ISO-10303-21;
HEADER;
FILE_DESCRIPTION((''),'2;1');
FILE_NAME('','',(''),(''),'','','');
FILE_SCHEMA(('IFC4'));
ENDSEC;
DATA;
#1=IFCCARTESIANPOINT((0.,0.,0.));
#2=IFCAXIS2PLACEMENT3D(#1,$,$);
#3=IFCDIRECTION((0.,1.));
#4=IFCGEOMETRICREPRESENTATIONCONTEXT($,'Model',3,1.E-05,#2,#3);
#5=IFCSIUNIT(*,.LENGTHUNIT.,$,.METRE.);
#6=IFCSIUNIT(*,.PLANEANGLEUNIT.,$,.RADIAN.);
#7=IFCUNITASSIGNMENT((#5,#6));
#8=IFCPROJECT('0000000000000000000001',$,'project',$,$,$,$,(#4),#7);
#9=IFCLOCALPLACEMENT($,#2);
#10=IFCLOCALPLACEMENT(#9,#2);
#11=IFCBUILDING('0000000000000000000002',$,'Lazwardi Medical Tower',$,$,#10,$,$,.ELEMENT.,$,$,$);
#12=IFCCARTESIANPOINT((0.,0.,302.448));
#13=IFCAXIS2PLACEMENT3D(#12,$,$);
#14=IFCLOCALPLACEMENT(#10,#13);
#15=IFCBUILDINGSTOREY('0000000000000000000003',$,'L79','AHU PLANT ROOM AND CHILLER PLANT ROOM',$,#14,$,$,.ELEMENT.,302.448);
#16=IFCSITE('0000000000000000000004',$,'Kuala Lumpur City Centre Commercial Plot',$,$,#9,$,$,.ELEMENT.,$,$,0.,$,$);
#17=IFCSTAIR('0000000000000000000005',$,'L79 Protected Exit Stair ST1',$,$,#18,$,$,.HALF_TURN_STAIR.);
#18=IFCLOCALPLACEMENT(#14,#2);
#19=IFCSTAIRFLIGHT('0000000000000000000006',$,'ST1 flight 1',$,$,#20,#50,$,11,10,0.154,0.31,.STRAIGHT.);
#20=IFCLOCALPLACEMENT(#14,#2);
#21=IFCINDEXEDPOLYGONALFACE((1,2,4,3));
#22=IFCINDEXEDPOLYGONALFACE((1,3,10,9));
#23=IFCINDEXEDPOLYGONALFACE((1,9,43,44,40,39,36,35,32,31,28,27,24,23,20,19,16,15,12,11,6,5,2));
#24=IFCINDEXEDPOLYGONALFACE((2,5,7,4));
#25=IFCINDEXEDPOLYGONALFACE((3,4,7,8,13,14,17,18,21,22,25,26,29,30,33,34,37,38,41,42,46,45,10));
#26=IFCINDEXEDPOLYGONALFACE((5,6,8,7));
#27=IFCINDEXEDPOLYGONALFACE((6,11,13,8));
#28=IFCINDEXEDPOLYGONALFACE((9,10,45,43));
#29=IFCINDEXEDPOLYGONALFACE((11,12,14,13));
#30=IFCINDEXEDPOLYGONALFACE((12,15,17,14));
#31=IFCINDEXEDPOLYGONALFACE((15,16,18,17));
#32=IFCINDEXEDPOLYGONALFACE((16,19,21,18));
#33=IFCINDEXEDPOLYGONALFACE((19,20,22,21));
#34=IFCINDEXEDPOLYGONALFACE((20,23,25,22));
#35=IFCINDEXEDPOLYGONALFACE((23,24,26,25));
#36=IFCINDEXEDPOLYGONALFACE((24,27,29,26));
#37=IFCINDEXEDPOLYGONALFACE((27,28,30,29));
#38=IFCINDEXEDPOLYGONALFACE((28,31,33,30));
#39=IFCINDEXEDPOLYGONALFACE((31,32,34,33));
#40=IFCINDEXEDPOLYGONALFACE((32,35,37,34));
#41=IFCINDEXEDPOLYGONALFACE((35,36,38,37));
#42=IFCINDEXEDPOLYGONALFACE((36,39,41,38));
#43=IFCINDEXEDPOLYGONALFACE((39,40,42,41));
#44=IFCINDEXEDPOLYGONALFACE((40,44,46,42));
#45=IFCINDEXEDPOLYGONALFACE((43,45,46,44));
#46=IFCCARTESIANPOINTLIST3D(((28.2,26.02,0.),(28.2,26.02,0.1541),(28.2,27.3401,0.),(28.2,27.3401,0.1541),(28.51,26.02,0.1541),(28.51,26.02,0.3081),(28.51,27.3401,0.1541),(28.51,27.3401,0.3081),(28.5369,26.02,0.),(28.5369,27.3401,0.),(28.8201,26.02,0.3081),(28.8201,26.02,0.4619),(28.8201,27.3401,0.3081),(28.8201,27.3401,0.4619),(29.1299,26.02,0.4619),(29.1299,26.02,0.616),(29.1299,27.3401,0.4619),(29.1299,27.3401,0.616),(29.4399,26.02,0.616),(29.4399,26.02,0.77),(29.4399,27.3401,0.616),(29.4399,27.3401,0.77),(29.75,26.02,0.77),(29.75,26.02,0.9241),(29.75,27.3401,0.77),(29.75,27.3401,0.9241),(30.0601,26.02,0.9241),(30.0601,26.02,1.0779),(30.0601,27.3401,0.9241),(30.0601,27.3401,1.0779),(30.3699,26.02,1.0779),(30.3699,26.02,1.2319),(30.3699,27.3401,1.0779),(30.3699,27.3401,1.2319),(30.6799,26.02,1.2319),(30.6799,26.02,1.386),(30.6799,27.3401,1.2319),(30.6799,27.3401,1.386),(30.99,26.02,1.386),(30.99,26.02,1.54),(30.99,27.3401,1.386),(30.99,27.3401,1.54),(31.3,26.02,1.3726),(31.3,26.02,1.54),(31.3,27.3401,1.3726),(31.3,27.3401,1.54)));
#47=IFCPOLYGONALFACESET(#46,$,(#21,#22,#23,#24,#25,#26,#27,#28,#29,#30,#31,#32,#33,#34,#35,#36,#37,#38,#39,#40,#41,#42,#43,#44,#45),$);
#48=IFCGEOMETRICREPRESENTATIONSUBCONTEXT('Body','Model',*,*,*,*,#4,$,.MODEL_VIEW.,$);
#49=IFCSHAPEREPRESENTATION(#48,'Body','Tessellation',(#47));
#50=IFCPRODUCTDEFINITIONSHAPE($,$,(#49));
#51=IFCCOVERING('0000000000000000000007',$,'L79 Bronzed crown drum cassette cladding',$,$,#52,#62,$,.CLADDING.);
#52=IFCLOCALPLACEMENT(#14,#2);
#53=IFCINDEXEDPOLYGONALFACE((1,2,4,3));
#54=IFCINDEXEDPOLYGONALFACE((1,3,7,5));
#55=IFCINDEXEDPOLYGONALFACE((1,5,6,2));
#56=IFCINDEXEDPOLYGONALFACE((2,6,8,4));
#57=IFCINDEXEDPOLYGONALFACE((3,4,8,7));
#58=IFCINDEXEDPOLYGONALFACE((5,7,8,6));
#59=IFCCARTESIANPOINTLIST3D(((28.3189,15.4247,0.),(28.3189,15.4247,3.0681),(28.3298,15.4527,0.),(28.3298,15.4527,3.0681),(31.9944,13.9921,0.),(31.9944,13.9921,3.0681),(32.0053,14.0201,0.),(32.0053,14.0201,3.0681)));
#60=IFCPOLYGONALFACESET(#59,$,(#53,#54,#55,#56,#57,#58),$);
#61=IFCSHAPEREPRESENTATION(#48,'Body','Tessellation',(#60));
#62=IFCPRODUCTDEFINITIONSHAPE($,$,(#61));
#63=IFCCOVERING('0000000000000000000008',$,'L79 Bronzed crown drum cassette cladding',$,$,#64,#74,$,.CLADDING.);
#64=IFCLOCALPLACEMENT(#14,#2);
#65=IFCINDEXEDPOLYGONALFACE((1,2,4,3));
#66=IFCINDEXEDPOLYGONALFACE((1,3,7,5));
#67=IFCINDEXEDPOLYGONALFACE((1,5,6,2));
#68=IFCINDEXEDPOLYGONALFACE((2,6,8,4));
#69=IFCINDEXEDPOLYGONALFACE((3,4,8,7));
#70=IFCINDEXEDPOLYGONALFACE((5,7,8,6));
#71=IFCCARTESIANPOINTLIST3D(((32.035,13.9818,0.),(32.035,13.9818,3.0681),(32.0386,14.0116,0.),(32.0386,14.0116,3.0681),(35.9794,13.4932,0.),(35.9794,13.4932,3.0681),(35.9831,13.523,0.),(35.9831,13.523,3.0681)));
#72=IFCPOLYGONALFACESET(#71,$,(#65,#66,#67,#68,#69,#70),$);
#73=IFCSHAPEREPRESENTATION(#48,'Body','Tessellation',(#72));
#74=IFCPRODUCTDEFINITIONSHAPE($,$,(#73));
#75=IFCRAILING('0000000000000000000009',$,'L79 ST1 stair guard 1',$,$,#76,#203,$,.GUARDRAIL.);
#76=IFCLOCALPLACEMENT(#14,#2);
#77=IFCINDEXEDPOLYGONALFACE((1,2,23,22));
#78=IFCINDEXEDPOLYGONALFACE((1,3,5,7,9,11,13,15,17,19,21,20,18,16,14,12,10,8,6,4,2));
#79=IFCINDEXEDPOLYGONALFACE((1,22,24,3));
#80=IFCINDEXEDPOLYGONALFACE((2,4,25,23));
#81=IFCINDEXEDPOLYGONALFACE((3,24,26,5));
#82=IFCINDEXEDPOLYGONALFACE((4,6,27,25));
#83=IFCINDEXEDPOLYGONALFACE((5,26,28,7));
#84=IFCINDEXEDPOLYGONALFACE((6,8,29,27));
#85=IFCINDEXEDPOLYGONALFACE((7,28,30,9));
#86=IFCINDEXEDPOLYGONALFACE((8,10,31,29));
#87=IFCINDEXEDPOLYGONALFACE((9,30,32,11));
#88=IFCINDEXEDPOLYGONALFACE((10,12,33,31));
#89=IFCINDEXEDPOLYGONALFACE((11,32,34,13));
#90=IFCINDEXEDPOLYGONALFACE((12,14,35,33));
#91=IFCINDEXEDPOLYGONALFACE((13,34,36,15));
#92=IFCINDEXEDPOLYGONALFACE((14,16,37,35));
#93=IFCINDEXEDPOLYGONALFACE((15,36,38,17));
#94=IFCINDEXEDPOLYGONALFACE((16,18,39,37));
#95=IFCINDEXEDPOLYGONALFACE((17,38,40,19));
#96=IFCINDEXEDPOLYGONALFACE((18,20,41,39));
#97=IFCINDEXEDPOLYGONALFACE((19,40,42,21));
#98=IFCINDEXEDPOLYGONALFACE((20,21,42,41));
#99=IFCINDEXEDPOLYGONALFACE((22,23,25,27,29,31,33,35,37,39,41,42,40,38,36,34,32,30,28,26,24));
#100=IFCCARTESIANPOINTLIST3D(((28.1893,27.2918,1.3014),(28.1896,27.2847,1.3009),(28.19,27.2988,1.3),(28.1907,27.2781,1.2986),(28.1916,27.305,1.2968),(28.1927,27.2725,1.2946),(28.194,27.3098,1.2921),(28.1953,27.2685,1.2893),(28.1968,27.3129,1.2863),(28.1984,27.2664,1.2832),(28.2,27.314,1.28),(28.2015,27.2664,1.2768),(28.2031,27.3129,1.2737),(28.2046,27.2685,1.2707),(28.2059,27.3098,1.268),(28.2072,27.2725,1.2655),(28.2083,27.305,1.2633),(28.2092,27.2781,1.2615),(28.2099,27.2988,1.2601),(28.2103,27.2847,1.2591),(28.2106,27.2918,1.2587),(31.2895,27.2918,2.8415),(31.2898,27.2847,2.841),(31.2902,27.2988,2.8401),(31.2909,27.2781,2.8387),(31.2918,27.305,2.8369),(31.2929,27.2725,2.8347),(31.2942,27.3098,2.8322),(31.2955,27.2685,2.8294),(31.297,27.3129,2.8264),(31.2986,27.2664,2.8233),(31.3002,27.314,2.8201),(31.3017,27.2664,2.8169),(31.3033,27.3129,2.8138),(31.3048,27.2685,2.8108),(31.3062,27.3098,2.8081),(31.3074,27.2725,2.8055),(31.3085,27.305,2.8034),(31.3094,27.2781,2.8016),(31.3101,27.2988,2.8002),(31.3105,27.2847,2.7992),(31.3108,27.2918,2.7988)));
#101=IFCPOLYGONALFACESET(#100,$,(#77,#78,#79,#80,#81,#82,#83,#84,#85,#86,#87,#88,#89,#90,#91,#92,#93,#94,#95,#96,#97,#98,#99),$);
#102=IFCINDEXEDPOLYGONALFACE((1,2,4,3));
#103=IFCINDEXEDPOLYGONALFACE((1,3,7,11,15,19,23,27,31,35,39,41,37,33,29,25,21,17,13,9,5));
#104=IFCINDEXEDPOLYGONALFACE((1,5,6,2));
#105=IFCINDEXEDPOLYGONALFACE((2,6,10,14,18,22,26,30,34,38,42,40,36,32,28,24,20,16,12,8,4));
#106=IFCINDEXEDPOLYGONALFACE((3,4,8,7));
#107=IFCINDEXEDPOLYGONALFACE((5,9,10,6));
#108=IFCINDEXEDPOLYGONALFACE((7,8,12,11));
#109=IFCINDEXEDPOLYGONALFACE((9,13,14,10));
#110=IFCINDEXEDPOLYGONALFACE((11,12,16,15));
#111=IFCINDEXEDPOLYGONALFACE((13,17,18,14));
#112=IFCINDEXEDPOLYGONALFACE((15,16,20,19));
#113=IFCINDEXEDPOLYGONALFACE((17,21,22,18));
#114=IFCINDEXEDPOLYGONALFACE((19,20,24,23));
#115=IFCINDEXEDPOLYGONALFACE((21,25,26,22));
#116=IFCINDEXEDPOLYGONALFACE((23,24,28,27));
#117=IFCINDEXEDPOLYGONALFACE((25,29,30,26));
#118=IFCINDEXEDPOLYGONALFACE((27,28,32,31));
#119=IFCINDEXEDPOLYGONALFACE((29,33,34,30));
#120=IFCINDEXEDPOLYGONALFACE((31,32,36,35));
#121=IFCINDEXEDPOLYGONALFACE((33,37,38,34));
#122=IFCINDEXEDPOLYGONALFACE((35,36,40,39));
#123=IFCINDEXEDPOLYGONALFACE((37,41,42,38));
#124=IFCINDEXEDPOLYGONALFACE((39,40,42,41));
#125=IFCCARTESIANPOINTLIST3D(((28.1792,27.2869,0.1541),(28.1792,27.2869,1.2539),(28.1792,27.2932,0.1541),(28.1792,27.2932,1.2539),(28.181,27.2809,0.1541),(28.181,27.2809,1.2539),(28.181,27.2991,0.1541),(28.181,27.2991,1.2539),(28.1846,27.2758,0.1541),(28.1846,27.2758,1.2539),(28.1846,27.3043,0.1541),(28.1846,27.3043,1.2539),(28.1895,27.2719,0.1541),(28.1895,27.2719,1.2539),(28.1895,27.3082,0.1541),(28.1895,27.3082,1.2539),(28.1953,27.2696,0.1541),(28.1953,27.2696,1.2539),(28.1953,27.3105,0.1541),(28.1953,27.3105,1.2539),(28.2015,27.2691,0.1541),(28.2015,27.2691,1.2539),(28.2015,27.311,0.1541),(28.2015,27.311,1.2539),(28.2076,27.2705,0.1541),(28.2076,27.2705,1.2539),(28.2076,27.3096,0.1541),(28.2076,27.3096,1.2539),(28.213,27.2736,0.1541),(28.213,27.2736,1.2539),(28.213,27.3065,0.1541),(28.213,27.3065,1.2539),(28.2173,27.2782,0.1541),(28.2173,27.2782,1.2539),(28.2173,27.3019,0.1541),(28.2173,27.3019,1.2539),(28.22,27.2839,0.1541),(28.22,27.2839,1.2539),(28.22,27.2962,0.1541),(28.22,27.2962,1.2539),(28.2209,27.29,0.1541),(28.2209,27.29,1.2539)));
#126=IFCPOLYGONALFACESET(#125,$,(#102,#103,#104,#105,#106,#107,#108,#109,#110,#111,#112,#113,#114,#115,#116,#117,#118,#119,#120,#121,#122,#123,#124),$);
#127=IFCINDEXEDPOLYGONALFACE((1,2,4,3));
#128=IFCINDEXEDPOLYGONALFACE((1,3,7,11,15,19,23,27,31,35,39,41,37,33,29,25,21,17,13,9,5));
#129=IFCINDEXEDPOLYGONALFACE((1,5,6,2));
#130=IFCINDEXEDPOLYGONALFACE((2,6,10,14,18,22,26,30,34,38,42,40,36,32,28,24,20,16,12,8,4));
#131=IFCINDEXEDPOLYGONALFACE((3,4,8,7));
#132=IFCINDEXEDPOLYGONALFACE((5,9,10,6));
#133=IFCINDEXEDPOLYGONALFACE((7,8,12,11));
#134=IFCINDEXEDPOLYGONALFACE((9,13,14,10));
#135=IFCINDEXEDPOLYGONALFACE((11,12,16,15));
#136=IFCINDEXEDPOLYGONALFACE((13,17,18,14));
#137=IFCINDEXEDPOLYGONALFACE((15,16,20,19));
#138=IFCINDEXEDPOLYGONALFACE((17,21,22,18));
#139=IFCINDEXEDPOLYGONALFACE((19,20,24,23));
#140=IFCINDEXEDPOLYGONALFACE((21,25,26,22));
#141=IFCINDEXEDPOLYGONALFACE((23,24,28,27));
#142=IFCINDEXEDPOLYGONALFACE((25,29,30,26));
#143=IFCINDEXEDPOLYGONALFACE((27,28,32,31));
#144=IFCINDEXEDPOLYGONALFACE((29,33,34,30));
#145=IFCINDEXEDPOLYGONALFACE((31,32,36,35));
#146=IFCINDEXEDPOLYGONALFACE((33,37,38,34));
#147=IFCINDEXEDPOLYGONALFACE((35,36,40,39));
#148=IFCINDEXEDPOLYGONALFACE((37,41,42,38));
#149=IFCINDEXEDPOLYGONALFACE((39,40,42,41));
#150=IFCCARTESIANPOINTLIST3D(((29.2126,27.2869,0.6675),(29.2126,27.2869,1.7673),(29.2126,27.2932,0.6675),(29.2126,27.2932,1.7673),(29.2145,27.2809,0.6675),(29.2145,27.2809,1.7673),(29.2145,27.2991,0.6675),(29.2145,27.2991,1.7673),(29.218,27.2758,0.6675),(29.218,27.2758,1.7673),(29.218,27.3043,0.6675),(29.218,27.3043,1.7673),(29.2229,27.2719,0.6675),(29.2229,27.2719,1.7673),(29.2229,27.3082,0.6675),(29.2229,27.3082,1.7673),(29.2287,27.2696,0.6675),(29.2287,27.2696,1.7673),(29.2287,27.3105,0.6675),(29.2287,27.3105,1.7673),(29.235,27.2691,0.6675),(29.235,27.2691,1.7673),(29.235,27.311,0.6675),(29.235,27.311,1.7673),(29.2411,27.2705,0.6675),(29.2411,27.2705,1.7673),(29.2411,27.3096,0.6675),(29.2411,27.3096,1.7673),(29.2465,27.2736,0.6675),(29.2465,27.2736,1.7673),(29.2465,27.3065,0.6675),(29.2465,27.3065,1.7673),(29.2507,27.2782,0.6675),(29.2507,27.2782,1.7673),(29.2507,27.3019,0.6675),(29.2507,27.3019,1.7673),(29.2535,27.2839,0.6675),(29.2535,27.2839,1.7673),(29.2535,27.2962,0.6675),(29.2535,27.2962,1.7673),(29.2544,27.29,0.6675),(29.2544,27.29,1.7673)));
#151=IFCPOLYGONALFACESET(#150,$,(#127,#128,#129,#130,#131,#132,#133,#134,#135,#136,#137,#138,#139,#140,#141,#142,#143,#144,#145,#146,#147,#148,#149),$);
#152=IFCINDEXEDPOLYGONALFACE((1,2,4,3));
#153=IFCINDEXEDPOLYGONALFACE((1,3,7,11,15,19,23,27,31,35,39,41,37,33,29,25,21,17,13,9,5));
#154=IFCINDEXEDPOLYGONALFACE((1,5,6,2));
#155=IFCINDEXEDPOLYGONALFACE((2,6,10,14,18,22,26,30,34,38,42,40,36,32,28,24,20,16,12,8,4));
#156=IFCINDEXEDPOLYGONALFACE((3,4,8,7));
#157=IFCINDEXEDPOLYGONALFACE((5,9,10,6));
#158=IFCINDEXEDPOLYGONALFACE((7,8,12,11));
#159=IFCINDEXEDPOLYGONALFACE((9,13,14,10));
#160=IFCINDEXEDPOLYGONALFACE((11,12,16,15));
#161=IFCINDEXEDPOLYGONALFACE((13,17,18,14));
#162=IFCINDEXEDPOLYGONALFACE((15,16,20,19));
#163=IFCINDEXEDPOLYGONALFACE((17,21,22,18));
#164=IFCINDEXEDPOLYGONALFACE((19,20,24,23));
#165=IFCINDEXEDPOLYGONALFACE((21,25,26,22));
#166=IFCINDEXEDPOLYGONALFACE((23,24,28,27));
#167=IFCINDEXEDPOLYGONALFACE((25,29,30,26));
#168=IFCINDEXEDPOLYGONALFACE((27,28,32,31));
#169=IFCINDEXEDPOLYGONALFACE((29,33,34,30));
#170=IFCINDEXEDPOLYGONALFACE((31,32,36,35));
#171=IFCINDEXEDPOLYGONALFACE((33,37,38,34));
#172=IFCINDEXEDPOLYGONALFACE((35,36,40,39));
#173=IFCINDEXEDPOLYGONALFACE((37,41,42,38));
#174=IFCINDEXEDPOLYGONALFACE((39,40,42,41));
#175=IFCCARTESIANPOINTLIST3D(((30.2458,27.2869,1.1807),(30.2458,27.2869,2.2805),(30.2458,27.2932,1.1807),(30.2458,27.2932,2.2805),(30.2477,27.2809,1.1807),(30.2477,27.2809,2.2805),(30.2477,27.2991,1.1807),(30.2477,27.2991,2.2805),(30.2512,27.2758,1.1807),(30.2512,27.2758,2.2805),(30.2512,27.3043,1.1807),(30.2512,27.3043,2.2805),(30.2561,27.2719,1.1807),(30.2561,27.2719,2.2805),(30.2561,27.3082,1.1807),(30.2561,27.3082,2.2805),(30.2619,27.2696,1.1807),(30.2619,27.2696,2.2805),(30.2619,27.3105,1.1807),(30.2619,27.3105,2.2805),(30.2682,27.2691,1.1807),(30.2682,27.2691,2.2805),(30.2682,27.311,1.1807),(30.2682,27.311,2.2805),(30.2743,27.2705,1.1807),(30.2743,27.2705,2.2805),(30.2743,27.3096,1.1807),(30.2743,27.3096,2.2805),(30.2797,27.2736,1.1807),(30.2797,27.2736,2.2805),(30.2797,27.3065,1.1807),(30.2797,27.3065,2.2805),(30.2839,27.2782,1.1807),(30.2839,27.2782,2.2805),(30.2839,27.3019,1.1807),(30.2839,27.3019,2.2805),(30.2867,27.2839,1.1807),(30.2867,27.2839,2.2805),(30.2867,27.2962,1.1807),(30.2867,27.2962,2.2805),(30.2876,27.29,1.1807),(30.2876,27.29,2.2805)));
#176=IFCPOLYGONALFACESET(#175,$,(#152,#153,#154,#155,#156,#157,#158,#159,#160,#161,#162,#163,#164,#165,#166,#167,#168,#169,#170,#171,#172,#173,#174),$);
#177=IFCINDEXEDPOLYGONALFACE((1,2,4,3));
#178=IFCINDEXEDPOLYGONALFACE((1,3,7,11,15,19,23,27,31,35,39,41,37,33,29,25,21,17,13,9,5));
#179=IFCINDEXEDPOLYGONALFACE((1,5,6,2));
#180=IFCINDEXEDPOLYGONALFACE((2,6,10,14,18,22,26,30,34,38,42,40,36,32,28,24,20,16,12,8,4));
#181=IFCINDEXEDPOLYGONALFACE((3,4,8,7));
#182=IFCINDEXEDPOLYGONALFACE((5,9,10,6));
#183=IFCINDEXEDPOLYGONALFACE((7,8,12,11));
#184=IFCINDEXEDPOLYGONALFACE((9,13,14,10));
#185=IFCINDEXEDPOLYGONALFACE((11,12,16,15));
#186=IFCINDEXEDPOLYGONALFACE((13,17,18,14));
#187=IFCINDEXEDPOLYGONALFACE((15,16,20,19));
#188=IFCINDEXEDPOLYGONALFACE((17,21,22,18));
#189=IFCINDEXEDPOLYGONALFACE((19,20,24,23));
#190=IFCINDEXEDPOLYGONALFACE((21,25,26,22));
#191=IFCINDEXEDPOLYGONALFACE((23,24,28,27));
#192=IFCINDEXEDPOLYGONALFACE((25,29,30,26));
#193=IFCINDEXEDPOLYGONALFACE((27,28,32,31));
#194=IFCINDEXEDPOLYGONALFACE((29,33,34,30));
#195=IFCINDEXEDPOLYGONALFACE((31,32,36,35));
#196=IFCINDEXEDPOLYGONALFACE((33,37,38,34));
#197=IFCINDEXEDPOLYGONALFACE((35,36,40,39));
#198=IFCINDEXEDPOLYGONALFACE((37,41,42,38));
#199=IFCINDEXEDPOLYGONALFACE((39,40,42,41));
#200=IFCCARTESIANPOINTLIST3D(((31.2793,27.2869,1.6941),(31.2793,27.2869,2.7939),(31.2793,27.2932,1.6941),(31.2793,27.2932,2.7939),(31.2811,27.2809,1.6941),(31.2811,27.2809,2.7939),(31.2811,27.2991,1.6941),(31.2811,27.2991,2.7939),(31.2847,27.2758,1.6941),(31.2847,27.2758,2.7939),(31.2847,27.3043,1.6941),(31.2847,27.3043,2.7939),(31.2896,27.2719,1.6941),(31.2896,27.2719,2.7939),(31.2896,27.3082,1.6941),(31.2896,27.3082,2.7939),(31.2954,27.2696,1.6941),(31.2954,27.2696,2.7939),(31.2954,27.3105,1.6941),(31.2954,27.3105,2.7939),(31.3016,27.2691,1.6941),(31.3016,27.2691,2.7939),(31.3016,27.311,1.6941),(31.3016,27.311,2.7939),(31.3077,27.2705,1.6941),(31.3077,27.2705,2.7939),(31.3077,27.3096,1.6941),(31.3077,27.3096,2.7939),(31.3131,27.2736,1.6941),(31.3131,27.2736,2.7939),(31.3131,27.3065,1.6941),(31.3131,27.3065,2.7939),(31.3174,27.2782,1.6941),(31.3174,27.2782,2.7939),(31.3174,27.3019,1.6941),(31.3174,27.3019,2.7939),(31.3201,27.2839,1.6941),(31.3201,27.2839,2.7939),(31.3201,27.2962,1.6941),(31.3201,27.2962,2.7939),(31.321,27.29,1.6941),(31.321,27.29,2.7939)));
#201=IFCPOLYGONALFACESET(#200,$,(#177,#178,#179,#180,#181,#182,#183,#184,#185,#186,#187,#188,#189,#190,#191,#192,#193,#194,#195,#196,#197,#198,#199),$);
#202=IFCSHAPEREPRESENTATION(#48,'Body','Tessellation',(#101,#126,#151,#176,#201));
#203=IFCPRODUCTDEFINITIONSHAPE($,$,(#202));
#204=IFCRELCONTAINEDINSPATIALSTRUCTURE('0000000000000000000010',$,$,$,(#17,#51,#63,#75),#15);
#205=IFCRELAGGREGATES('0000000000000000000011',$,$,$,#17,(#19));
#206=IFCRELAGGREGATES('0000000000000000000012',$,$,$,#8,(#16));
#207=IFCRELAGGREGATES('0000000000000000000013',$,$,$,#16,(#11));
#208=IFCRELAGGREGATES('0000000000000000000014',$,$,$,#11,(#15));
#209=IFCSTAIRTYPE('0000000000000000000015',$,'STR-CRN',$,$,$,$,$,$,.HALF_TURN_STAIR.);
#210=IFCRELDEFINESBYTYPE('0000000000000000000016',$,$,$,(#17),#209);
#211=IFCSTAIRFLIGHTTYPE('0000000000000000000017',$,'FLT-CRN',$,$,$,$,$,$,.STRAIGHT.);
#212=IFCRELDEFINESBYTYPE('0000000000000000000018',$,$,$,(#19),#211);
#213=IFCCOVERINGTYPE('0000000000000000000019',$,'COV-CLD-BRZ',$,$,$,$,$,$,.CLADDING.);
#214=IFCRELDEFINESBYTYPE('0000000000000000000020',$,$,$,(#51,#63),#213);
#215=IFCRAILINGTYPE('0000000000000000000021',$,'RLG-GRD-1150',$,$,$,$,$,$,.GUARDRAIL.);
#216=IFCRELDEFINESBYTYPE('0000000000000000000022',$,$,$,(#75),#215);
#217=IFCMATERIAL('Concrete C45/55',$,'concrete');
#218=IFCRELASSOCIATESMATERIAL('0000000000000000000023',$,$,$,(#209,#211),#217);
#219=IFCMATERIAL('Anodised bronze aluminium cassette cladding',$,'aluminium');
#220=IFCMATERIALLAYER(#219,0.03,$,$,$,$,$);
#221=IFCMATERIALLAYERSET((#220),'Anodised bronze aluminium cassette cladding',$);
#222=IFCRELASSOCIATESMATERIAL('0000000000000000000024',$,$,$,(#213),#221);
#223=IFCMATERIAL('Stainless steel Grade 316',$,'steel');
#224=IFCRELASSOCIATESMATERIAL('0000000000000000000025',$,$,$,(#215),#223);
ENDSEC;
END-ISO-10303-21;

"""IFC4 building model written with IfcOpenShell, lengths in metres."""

from ifc_helpers import new_model, si_unit, direction, frame, origin, origin_2d, place, context, subcontext, project, spatial, polyline, rectangle, circle, outline, extrude, material, layer, layer_set, type_object, element, aggregate, save


model = new_model("IFC4")

# Units and contexts
model_context = context("Model", 3, precision=1e-05, world=origin(), true_north=direction((0.0, 1.0)))
body_context = subcontext(model_context, "Body", "Model", "MODEL_VIEW")
ifc_project = project(units=[si_unit("LENGTHUNIT", "METRE"), si_unit("PLANEANGLEUNIT", "RADIAN")], contexts=[model_context])

# Site, building, storey
site_placement = place(None, origin())
site = spatial("IfcSite", under=ifc_project, at=site_placement, Name="Kuala Lumpur City Centre Commercial Plot", CompositionType="ELEMENT", RefElevation=0.0)
building_placement = place(site_placement, origin())
building = spatial("IfcBuilding", under=site, at=building_placement, Name="Lazwardi Medical Tower", CompositionType="ELEMENT")
storey_placement = place(building_placement, frame((0.0, 0.0, 302.448)))
storey = spatial("IfcBuildingStorey", under=building, at=storey_placement, Name="L79", Description="AHU PLANT ROOM AND CHILLER PLANT ROOM", CompositionType="ELEMENT", Elevation=302.448)

# Stair, stair flight
ifc_material_1 = material(Name="Concrete C45/55", Category="concrete")
stair_type = type_object("IfcStairType", Name="STR-CRN", PredefinedType="HALF_TURN_STAIR", material=ifc_material_1)
stair_placement = place(storey_placement, origin())
stair = element("IfcStair", 1, at=stair_placement, inside=storey, type_object=stair_type, Name="L79 Protected Exit Stair ST1", PredefinedType="HALF_TURN_STAIR")
stair_flight_type = type_object("IfcStairFlightType", Name="FLT-CRN", PredefinedType="STRAIGHT", material=ifc_material_1)
stair_flight_placement = place(storey_placement, frame((28.2, 26.6799, 0.0), z_axis=(0.0, 0.0, 1.0), x_axis=(1.0, 0.0, 0.0)))
stair_flight = element("IfcStairFlight", 2, at=stair_flight_placement, type_object=stair_flight_type, Name="ST1 flight 1", NumberOfRisers=11, NumberOfTreads=10, PredefinedType="STRAIGHT", RiserHeight=0.154, TreadLength=0.31, context=body_context, shape_type="SweptSolid", body=[
    extrude(outline(polyline([(0.0, 0.0), (0.0, 0.1541), (0.3101, 0.1541), (0.3101, 0.3081), (0.6201, 0.3081), (0.6201, 0.4619), (0.9299, 0.4619), (0.9299, 0.616), (1.24, 0.616), (1.24, 0.77), (1.55, 0.77), (1.55, 0.9241), (1.8601, 0.9241), (1.8601, 1.0779), (2.1699, 1.0779), (2.1699, 1.2319), (2.48, 1.2319), (2.48, 1.386), (2.79, 1.386), (2.79, 1.54), (3.1001, 1.54), (3.1001, 1.6941), (3.1001, 1.3726), (0.3369, 0.0), (0.0, 0.0)])), frame((0.0, 0.6602, 0.0), z_axis=(0.0, -1.0, 0.0), x_axis=(1.0, 0.0, 0.0)), (0.0, 0.0, 1.0), 1.3201),
])
aggregate(stair, [stair_flight])

# Coverings
ifc_material_2 = material(Name="Anodised bronze aluminium cassette cladding", Category="aluminium")
ifc_layer_1 = layer(ifc_material_2, 0.03)
ifc_layer_set_1 = layer_set([ifc_layer_1], Name="Anodised bronze aluminium cassette cladding")
covering_type = type_object("IfcCoveringType", Name="COV-CLD-BRZ", PredefinedType="CLADDING", material=ifc_layer_set_1)
covering_1_placement = place(storey_placement, frame((30.1621, 14.7224, 0.0), z_axis=(0.0, 0.0, 1.0), x_axis=(0.931731, -0.36315, 0.0)))
element("IfcCovering", 3, at=covering_1_placement, inside=storey, type_object=covering_type, Name="L79 Bronzed crown drum cassette cladding", PredefinedType="CLADDING", context=body_context, shape_type="SweptSolid", body=[
    extrude(rectangle(XDim=3.9448, YDim=0.03, at=origin_2d()), origin(), (0.0, 0.0, 1.0), 3.0681),
])
covering_2_placement = place(storey_placement, frame((34.009, 13.7524, 0.0), z_axis=(0.0, 0.0, 1.0), x_axis=(0.992415, -0.122933, 0.0)))
element("IfcCovering", 4, at=covering_2_placement, inside=storey, type_object=covering_type, Name="L79 Bronzed crown drum cassette cladding", PredefinedType="CLADDING", context=body_context, shape_type="SweptSolid", body=[
    extrude(rectangle(XDim=3.9746, YDim=0.03, at=origin_2d()), origin(), (0.0, 0.0, 1.0), 3.0681),
])

# Railing
ifc_material_3 = material(Name="Stainless steel Grade 316", Category="steel")
railing_type_1 = type_object("IfcRailingType", Name="RLG-GRD-1150", PredefinedType="GUARDRAIL", material=ifc_material_3)
railing_1_placement = place(storey_placement, frame((28.2, 27.29, 0.1541)))
element("IfcRailing", 5, at=railing_1_placement, inside=storey, type_object=railing_type_1, Name="L79 ST1 stair guard 1", PredefinedType="GUARDRAIL", context=body_context, shape_type="SweptSolid", body=[
    extrude(circle(Radius=0.0239, at=origin_2d()), frame((0.0, 0.0, 1.126), z_axis=(0.895581, 0.0, 0.444899), x_axis=(0.0, 1.0, 0.0)), (0.0, 0.0, 1.0), 3.4617),
    extrude(circle(Radius=0.021, at=origin_2d()), origin(), (0.0, 0.0, 1.0), 1.0999),
    extrude(circle(Radius=0.021, at=origin_2d()), frame((1.0334, 0.0, 0.5134)), (0.0, 0.0, 1.0), 1.0999),
    extrude(circle(Radius=0.021, at=origin_2d()), frame((2.0667, 0.0, 1.0266)), (0.0, 0.0, 1.0), 1.0999),
    extrude(circle(Radius=0.021, at=origin_2d()), frame((3.1001, 0.0, 1.54)), (0.0, 0.0, 1.0), 1.0999),
])

save(model, "model.ifc")
